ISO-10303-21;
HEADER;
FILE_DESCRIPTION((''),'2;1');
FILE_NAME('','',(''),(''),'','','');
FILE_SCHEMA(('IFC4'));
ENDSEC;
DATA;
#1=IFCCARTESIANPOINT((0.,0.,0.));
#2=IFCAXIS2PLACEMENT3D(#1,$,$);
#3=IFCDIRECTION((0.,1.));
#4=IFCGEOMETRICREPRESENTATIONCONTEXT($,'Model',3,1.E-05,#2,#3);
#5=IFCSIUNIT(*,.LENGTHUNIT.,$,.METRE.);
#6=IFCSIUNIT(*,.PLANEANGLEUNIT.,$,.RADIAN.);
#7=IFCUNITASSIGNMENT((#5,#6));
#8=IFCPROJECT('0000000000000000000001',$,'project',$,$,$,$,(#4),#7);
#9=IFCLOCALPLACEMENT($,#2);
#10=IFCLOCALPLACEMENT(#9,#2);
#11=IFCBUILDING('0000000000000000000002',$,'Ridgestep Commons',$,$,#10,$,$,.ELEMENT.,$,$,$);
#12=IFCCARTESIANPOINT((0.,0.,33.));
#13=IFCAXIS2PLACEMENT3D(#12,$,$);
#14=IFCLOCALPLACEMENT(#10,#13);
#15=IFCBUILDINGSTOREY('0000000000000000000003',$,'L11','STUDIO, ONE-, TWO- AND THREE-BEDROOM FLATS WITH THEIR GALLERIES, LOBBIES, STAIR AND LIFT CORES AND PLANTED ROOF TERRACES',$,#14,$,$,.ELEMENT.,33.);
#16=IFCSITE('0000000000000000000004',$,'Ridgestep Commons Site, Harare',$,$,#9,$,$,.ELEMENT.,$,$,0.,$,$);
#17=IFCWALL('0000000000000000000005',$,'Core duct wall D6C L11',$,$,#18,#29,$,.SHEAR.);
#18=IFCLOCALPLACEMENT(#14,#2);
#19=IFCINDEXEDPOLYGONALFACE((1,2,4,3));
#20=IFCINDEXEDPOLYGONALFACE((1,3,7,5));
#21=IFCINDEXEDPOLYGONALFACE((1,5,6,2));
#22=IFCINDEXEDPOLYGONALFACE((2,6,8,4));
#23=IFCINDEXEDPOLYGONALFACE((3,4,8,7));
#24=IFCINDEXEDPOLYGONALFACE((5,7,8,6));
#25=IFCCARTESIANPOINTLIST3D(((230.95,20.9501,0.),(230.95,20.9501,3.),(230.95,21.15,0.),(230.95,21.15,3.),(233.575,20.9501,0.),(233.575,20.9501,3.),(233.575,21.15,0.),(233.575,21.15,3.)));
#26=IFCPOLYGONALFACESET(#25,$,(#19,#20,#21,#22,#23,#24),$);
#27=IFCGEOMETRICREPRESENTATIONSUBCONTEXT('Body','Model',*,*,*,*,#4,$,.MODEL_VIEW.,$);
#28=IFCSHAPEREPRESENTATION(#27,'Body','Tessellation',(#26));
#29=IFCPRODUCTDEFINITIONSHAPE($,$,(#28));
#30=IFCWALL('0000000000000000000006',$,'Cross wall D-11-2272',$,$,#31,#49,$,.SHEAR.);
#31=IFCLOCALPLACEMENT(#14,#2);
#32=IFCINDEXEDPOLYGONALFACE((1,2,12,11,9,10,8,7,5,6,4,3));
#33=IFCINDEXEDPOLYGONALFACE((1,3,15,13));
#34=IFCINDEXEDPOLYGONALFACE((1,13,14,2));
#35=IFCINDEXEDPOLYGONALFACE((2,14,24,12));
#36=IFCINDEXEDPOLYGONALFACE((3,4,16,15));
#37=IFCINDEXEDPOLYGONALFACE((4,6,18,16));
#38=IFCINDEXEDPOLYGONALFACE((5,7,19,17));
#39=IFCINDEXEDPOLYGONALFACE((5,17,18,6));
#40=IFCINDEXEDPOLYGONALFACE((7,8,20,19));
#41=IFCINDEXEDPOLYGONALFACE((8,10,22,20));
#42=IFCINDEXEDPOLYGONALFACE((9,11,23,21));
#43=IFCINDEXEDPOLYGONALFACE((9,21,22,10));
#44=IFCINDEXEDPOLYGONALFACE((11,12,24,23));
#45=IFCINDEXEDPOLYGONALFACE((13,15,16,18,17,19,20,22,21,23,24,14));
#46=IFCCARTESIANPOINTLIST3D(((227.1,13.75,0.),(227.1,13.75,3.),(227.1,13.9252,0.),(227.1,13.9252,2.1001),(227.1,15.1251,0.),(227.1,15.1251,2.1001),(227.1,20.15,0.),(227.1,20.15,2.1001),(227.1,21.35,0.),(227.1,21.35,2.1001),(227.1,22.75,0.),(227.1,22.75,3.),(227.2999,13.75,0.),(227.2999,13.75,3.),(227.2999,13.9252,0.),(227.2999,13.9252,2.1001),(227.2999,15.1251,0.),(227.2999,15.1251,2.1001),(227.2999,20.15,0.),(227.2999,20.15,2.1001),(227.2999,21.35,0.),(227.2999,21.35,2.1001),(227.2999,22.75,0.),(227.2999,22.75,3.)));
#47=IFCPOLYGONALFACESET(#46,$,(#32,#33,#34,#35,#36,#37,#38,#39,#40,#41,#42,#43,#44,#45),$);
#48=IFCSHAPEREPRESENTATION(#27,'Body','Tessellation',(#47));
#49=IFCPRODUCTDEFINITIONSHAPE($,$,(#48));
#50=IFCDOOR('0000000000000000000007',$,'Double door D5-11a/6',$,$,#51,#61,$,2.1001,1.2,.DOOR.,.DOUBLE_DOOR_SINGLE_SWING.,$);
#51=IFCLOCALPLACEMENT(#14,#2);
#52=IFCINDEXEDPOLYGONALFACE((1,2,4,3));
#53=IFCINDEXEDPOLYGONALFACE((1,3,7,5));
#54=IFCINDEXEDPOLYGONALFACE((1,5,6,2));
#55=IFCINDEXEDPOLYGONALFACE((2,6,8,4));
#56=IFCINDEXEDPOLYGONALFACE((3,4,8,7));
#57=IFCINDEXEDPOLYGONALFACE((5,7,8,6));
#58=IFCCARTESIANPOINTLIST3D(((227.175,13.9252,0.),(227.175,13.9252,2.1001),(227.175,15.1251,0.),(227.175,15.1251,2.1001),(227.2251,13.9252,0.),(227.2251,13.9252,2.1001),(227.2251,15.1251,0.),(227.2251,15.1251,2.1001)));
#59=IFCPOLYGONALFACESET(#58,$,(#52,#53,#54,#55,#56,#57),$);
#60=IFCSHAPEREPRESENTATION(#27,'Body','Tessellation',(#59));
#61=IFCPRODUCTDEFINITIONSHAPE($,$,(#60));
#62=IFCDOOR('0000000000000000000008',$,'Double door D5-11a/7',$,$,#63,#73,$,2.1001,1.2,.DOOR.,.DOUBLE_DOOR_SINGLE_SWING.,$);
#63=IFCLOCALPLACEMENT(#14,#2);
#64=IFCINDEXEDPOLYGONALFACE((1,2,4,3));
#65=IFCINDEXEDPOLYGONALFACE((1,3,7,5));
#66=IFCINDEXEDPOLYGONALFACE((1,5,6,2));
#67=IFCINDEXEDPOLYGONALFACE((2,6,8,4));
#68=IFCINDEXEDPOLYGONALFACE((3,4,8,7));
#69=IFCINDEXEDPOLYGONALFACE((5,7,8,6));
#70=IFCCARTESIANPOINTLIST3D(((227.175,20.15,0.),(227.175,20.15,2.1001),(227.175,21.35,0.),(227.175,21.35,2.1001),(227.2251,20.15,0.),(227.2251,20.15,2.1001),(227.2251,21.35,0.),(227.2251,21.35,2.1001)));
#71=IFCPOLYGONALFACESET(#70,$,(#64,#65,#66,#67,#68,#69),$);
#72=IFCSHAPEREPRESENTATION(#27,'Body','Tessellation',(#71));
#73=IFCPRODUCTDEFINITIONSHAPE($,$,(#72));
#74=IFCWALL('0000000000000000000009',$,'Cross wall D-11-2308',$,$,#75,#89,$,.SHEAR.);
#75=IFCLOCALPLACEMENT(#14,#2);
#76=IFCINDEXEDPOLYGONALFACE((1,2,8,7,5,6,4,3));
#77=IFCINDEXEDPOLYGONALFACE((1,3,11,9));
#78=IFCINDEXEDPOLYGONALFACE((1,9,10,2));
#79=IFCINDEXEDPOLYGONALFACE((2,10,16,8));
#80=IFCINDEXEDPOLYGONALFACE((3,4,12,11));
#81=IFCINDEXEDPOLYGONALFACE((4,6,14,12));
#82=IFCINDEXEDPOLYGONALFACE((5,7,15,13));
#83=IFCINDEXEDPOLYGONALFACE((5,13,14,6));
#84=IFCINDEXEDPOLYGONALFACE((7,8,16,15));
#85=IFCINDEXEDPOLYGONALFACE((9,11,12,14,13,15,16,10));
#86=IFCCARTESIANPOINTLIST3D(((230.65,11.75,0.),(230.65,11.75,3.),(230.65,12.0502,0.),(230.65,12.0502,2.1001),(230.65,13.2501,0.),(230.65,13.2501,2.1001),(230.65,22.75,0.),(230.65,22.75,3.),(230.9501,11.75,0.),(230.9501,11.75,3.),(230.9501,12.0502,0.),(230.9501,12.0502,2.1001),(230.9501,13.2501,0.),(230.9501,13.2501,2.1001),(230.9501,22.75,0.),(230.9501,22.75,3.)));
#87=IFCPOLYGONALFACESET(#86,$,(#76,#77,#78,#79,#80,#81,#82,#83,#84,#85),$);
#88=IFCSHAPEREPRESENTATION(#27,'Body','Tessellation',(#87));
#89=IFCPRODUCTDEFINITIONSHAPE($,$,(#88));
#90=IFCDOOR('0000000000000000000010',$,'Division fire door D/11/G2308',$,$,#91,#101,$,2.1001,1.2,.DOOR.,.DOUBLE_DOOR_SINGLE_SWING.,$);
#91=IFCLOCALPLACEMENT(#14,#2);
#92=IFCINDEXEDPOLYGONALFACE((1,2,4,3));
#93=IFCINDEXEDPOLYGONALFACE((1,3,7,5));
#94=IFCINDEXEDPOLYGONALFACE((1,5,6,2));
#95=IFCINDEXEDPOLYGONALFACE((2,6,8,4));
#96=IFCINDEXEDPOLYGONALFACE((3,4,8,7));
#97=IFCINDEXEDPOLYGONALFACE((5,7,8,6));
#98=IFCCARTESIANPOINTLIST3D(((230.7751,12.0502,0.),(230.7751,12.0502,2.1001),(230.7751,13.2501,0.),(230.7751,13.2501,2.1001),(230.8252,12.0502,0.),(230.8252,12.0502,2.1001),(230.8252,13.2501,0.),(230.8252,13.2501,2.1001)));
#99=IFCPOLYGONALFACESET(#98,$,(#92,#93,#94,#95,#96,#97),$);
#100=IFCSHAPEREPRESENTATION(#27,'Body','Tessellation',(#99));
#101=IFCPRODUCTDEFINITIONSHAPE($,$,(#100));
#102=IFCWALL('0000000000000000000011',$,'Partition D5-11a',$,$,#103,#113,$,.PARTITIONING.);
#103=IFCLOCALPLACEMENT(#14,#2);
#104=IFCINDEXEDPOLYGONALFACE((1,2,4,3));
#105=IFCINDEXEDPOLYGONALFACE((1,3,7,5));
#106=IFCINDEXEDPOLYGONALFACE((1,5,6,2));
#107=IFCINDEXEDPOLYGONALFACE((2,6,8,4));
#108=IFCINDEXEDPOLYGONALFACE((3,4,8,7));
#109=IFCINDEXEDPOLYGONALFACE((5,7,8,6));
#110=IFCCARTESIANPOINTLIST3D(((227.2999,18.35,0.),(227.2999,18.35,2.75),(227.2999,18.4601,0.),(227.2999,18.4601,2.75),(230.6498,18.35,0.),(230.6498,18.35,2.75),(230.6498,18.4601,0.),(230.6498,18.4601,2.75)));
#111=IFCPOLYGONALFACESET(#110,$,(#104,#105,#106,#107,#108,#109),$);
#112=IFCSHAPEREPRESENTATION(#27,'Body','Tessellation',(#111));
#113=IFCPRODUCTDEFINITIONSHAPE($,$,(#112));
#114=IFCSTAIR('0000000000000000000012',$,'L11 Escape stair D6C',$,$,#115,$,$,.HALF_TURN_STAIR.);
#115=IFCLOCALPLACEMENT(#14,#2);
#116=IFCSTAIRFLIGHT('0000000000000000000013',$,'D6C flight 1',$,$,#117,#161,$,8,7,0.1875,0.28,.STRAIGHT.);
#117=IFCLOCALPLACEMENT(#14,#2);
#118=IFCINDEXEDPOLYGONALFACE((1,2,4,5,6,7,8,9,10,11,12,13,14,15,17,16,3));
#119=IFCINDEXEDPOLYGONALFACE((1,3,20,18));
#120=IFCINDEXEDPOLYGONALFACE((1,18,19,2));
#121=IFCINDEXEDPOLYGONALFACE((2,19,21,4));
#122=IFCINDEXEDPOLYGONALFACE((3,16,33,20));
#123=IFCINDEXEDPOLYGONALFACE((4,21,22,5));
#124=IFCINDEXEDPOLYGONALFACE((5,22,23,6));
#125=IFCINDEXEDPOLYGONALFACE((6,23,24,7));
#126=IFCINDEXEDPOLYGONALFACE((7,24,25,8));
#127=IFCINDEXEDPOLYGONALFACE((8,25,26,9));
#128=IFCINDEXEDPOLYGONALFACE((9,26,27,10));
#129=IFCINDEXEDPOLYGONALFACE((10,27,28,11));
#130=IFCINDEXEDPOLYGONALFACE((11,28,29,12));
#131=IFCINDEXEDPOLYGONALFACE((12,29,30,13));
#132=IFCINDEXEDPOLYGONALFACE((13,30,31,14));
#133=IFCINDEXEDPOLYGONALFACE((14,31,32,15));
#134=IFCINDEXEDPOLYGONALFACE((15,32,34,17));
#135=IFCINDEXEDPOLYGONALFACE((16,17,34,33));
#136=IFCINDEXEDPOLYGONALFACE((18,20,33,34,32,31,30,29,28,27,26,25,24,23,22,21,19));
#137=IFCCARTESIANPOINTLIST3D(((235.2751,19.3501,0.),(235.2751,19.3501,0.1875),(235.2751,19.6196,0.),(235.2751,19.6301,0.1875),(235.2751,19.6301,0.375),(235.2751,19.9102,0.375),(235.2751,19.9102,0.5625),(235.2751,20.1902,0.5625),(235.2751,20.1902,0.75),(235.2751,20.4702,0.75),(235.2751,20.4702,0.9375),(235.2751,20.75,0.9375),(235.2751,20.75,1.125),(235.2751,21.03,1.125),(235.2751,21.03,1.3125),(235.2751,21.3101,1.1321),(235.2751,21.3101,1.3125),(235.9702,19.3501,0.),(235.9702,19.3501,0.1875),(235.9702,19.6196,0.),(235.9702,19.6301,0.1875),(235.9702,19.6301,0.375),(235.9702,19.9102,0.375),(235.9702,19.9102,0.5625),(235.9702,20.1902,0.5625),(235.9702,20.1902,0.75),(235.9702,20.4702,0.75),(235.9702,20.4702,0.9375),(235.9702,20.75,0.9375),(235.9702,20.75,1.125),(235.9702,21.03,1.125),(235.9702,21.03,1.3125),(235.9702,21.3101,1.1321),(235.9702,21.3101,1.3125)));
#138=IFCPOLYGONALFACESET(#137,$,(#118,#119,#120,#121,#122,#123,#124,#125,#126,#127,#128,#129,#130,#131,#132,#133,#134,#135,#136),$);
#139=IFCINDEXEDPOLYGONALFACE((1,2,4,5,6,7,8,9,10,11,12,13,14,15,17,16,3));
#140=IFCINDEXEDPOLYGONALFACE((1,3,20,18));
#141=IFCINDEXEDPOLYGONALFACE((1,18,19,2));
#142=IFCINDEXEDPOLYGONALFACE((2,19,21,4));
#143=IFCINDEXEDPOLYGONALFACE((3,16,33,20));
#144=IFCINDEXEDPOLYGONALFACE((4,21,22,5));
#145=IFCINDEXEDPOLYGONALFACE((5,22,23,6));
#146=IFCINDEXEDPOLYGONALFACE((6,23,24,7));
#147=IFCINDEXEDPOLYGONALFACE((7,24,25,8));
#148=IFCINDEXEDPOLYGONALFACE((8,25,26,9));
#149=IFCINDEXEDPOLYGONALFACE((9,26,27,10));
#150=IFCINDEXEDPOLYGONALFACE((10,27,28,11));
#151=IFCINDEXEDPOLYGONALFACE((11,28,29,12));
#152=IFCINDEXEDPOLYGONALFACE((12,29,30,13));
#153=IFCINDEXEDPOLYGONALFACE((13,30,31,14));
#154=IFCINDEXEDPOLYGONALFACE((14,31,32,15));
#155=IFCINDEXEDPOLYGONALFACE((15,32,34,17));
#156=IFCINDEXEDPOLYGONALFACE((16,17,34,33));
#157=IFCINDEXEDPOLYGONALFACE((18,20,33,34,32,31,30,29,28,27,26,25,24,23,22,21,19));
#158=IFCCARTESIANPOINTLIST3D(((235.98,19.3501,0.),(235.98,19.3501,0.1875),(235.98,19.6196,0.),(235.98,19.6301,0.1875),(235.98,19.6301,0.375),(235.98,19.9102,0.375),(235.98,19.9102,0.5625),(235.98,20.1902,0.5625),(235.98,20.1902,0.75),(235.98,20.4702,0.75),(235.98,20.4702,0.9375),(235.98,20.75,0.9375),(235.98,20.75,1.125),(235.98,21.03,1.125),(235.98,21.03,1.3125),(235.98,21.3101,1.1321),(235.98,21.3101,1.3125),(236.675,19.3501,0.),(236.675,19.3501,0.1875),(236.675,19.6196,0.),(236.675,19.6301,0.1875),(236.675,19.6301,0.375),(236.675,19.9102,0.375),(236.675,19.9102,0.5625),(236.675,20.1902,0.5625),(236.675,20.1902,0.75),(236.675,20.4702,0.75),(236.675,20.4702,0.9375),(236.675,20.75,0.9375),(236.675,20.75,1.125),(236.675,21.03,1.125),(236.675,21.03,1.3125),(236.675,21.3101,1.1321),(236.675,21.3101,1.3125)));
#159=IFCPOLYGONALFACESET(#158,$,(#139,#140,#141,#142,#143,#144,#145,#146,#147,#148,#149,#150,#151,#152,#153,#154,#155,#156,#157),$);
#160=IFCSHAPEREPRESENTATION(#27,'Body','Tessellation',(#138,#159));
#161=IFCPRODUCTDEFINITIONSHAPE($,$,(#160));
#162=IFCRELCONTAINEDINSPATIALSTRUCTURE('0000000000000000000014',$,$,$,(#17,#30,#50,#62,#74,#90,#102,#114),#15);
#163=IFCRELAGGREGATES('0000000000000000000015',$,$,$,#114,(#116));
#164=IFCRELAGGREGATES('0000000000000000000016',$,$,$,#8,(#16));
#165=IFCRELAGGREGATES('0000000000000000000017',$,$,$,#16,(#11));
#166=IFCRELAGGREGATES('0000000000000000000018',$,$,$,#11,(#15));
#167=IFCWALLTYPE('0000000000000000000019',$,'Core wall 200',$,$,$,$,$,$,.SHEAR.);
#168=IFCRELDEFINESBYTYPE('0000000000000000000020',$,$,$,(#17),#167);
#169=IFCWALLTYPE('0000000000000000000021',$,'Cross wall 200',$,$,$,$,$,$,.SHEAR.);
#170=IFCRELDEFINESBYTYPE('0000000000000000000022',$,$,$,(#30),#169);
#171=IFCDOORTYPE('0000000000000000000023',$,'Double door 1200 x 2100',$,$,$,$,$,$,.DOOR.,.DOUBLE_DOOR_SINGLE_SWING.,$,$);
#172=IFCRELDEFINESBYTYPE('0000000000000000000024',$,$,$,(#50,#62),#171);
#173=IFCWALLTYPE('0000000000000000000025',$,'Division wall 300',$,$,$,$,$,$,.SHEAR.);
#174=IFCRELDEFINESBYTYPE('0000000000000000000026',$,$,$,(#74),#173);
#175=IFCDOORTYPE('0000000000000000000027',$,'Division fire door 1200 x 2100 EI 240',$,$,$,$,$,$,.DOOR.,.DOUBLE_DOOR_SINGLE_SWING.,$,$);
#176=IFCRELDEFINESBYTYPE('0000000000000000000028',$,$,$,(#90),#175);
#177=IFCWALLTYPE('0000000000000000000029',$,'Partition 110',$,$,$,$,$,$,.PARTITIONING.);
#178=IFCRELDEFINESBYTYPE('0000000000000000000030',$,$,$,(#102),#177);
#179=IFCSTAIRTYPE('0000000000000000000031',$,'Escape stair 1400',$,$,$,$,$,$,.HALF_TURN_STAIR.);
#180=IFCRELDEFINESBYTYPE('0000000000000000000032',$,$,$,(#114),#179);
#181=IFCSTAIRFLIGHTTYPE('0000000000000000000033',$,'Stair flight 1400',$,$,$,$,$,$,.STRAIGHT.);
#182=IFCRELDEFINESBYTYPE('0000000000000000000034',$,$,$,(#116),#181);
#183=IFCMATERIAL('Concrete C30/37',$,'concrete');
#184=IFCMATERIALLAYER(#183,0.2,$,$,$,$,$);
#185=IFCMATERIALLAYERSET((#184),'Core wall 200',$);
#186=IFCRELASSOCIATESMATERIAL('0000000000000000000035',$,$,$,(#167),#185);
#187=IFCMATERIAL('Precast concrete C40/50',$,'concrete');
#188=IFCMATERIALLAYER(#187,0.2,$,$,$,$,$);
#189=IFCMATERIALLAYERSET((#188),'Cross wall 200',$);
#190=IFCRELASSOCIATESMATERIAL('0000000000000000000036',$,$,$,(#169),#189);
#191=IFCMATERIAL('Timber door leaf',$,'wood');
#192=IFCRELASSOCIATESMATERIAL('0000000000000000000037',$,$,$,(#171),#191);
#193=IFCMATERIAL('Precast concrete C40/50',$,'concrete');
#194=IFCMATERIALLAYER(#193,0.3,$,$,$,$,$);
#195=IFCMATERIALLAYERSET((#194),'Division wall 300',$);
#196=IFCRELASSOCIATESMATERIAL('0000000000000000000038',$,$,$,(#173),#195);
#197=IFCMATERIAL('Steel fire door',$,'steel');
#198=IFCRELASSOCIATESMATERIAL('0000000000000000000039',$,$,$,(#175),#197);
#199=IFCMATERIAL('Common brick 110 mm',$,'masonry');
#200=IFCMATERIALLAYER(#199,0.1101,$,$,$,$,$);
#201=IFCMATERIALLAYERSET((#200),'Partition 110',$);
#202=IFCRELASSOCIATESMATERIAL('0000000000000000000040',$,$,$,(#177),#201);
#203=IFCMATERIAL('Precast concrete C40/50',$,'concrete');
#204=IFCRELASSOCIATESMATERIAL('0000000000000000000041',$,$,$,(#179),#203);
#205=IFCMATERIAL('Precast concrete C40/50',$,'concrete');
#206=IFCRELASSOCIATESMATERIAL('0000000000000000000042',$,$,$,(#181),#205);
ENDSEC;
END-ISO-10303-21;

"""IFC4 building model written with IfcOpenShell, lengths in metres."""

from ifc_helpers import new_model, si_unit, direction, frame, frame_2d, origin, place, context, subcontext, project, spatial, polyline, rectangle, outline, extrude, material, layer, layer_set, type_object, element, fill, aggregate, save


model = new_model("IFC4")

# Units and contexts
model_context = context("Model", 3, precision=1e-05, world=origin(), true_north=direction((0.0, 1.0)))
body_context = subcontext(model_context, "Body", "Model", "MODEL_VIEW")
ifc_project = project(units=[si_unit("LENGTHUNIT", "METRE"), si_unit("PLANEANGLEUNIT", "RADIAN")], contexts=[model_context])

# Site, building, storey
site_placement = place(None, origin())
site = spatial("IfcSite", under=ifc_project, at=site_placement, Name="Ridgestep Commons Site, Harare", CompositionType="ELEMENT", RefElevation=0.0)
building_placement = place(site_placement, origin())
building = spatial("IfcBuilding", under=site, at=building_placement, Name="Ridgestep Commons", CompositionType="ELEMENT")
storey_placement = place(building_placement, frame((0.0, 0.0, 33.0)))
storey = spatial("IfcBuildingStorey", under=building, at=storey_placement, Name="L11", Description="STUDIO, ONE-, TWO- AND THREE-BEDROOM FLATS WITH THEIR GALLERIES, LOBBIES, STAIR AND LIFT CORES AND PLANTED ROOF TERRACES", CompositionType="ELEMENT", Elevation=33.0)

# Shared definitions
ifc_material_1 = material(Name="Concrete C30/37", Category="concrete")
ifc_layer_1 = layer(ifc_material_1, 0.2)
ifc_layer_set_1 = layer_set([ifc_layer_1], Name="Core wall 200")
wall_type_1 = type_object("IfcWallType", Name="Core wall 200", PredefinedType="SHEAR", material=ifc_layer_set_1)

# Wall
wall_1_placement = place(storey_placement, frame((230.95, 21.05, 0.0), z_axis=(0.0, 0.0, 1.0), x_axis=(1.0, 0.0, 0.0)))
element("IfcWall", 1, at=wall_1_placement, inside=storey, type_object=wall_type_1, Name="Core duct wall D6C L11", PredefinedType="SHEAR", context=body_context, shape_type="SweptSolid", body=[
    extrude(rectangle(XDim=2.625, YDim=0.2, at=frame_2d((1.3125, 0.0))), origin(), (0.0, 0.0, 1.0), 3.0),
])

# Wall, openings, doors
ifc_material_2 = material(Name="Precast concrete C40/50", Category="concrete")
ifc_layer_2 = layer(ifc_material_2, 0.2)
ifc_layer_set_2 = layer_set([ifc_layer_2], Name="Cross wall 200")
wall_type_2 = type_object("IfcWallType", Name="Cross wall 200", PredefinedType="SHEAR", material=ifc_layer_set_2)
wall_2_placement = place(storey_placement, frame((227.2, 13.75, 0.0), z_axis=(0.0, 0.0, 1.0), x_axis=(0.0, 1.0, 0.0)))
wall_2 = element("IfcWall", 2, at=wall_2_placement, inside=storey, type_object=wall_type_2, Name="Cross wall D-11-2272", PredefinedType="SHEAR", context=body_context, shape_type="SweptSolid", body=[
    extrude(rectangle(XDim=9.0, YDim=0.2, at=frame_2d((4.5, 0.0))), origin(), (0.0, 0.0, 1.0), 3.0),
])
opening_1_placement = place(wall_2_placement, frame((0.175, 0.0, 0.0)))
opening_1 = element("IfcOpeningElement", 3, at=opening_1_placement, cuts=wall_2, PredefinedType="OPENING", context=body_context, shape_type="SweptSolid", body=[
    extrude(rectangle(XDim=1.2, YDim=2.1001, at=frame_2d((0.6001, 1.05))), frame((0.0, 0.1099, 0.0), z_axis=(0.0, -1.0, 0.0), x_axis=(1.0, 0.0, 0.0)), (0.0, 0.0, 1.0), 0.22),
])
opening_2_placement = place(wall_2_placement, frame((6.3999, 0.0, 0.0)))
opening_2 = element("IfcOpeningElement", 4, at=opening_2_placement, cuts=wall_2, PredefinedType="OPENING", context=body_context, shape_type="SweptSolid", body=[
    extrude(rectangle(XDim=1.2, YDim=2.1001, at=frame_2d((0.6001, 1.05))), frame((0.0, 0.1099, 0.0), z_axis=(0.0, -1.0, 0.0), x_axis=(1.0, 0.0, 0.0)), (0.0, 0.0, 1.0), 0.22),
])
ifc_material_3 = material(Name="Timber door leaf", Category="wood")
door_type_1 = type_object("IfcDoorType", Name="Double door 1200 x 2100", OperationType="DOUBLE_DOOR_SINGLE_SWING", PredefinedType="DOOR", material=ifc_material_3)
door_1_placement = place(opening_1_placement, origin())
door_1 = element("IfcDoor", 5, at=door_1_placement, inside=storey, type_object=door_type_1, Name="Double door D5-11a/6", OperationType="DOUBLE_DOOR_SINGLE_SWING", OverallHeight=2.1001, OverallWidth=1.2, PredefinedType="DOOR", context=body_context, shape_type="SweptSolid", body=[
    extrude(rectangle(XDim=1.2, YDim=2.1001, at=frame_2d((0.6001, 1.05))), frame((0.0, 0.0249, 0.0), z_axis=(0.0, -1.0, 0.0), x_axis=(1.0, 0.0, 0.0)), (0.0, 0.0, 1.0), 0.05),
])
fill(opening_1, door_1)
door_2_placement = place(opening_2_placement, origin())
door_2 = element("IfcDoor", 6, at=door_2_placement, inside=storey, type_object=door_type_1, Name="Double door D5-11a/7", OperationType="DOUBLE_DOOR_SINGLE_SWING", OverallHeight=2.1001, OverallWidth=1.2, PredefinedType="DOOR", context=body_context, shape_type="SweptSolid", body=[
    extrude(rectangle(XDim=1.2, YDim=2.1001, at=frame_2d((0.6001, 1.05))), frame((0.0, 0.0249, 0.0), z_axis=(0.0, -1.0, 0.0), x_axis=(1.0, 0.0, 0.0)), (0.0, 0.0, 1.0), 0.05),
])
fill(opening_2, door_2)

# Wall, opening, door
ifc_material_4 = material(Name="Precast concrete C40/50", Category="concrete")
ifc_layer_3 = layer(ifc_material_4, 0.3)
ifc_layer_set_3 = layer_set([ifc_layer_3], Name="Division wall 300")
wall_type_3 = type_object("IfcWallType", Name="Division wall 300", PredefinedType="SHEAR", material=ifc_layer_set_3)
wall_3_placement = place(storey_placement, frame((230.8, 11.75, 0.0), z_axis=(0.0, 0.0, 1.0), x_axis=(0.0, 1.0, 0.0)))
wall_3 = element("IfcWall", 7, at=wall_3_placement, inside=storey, type_object=wall_type_3, Name="Cross wall D-11-2308", PredefinedType="SHEAR", context=body_context, shape_type="SweptSolid", body=[
    extrude(rectangle(XDim=11.0, YDim=0.3, at=frame_2d((5.5, 0.0))), origin(), (0.0, 0.0, 1.0), 3.0),
])
opening_3_placement = place(wall_3_placement, frame((0.3, 0.0, 0.0)))
opening_3 = element("IfcOpeningElement", 8, at=opening_3_placement, cuts=wall_3, PredefinedType="OPENING", context=body_context, shape_type="SweptSolid", body=[
    extrude(rectangle(XDim=1.2, YDim=2.1001, at=frame_2d((0.6001, 1.05))), frame((0.0, 0.1599, 0.0), z_axis=(0.0, -1.0, 0.0), x_axis=(1.0, 0.0, 0.0)), (0.0, 0.0, 1.0), 0.3201),
])
ifc_material_5 = material(Name="Steel fire door", Category="steel")
door_type_2 = type_object("IfcDoorType", Name="Division fire door 1200 x 2100 EI 240", OperationType="DOUBLE_DOOR_SINGLE_SWING", PredefinedType="DOOR", material=ifc_material_5)
door_3_placement = place(opening_3_placement, origin())
door_3 = element("IfcDoor", 9, at=door_3_placement, inside=storey, type_object=door_type_2, Name="Division fire door D/11/G2308", OperationType="DOUBLE_DOOR_SINGLE_SWING", OverallHeight=2.1001, OverallWidth=1.2, PredefinedType="DOOR", context=body_context, shape_type="SweptSolid", body=[
    extrude(rectangle(XDim=1.2, YDim=2.1001, at=frame_2d((0.6001, 1.05))), frame((0.0, 0.0249, 0.0), z_axis=(0.0, -1.0, 0.0), x_axis=(1.0, 0.0, 0.0)), (0.0, 0.0, 1.0), 0.05),
])
fill(opening_3, door_3)

# Wall
ifc_material_6 = material(Name="Common brick 110 mm", Category="masonry")
ifc_layer_4 = layer(ifc_material_6, 0.1101)
ifc_layer_set_4 = layer_set([ifc_layer_4], Name="Partition 110")
wall_type_4 = type_object("IfcWallType", Name="Partition 110", PredefinedType="PARTITIONING", material=ifc_layer_set_4)
wall_4_placement = place(storey_placement, frame((227.3, 18.405, 0.0), z_axis=(0.0, 0.0, 1.0), x_axis=(1.0, 0.0, 0.0)))
element("IfcWall", 10, at=wall_4_placement, inside=storey, type_object=wall_type_4, Name="Partition D5-11a", PredefinedType="PARTITIONING", context=body_context, shape_type="SweptSolid", body=[
    extrude(rectangle(XDim=3.3499, YDim=0.1101, at=frame_2d((1.6748, 0.0))), origin(), (0.0, 0.0, 1.0), 2.75),
])

# Stair, stair flight
ifc_material_7 = material(Name="Precast concrete C40/50", Category="concrete")
stair_type = type_object("IfcStairType", Name="Escape stair 1400", PredefinedType="HALF_TURN_STAIR", material=ifc_material_7)
stair_placement = place(storey_placement, origin())
stair = element("IfcStair", 11, at=stair_placement, inside=storey, type_object=stair_type, Name="L11 Escape stair D6C", PredefinedType="HALF_TURN_STAIR")
ifc_material_8 = material(Name="Precast concrete C40/50", Category="concrete")
stair_flight_type = type_object("IfcStairFlightType", Name="Stair flight 1400", PredefinedType="STRAIGHT", material=ifc_material_8)
stair_flight_placement = place(storey_placement, frame((235.9751, 19.3501, 0.0), z_axis=(0.0, 0.0, 1.0), x_axis=(0.0, 1.0, 0.0)))
stair_flight = element("IfcStairFlight", 12, at=stair_flight_placement, type_object=stair_flight_type, Name="D6C flight 1", NumberOfRisers=8, NumberOfTreads=7, PredefinedType="STRAIGHT", RiserHeight=0.1875, TreadLength=0.28, context=body_context, shape_type="SweptSolid", body=[
    extrude(outline(polyline([(0.0, 0.0), (0.0, 0.1875), (0.28, 0.1875), (0.28, 0.375), (0.5601, 0.375), (0.5601, 0.5625), (0.8401, 0.5625), (0.8401, 0.75), (1.1201, 0.75), (1.1201, 0.9375), (1.3999, 0.9375), (1.3999, 1.125), (1.6799, 1.125), (1.6799, 1.3125), (1.96, 1.3125), (1.96, 1.5), (1.96, 1.1321), (0.2695, 0.0), (0.0, 0.0)])), frame((0.0, 0.7, 0.0), z_axis=(0.0, -1.0, 0.0), x_axis=(1.0, 0.0, 0.0)), (0.0, 0.0, 1.0), 0.6951),
    extrude(outline(polyline([(0.0, 0.0), (0.0, 0.1875), (0.28, 0.1875), (0.28, 0.375), (0.5601, 0.375), (0.5601, 0.5625), (0.8401, 0.5625), (0.8401, 0.75), (1.1201, 0.75), (1.1201, 0.9375), (1.3999, 0.9375), (1.3999, 1.125), (1.6799, 1.125), (1.6799, 1.3125), (1.96, 1.3125), (1.96, 1.5), (1.96, 1.1321), (0.2695, 0.0), (0.0, 0.0)])), frame((0.0, -0.0049, 0.0), z_axis=(0.0, -1.0, 0.0), x_axis=(1.0, 0.0, 0.0)), (0.0, 0.0, 1.0), 0.6951),
])
aggregate(stair, [stair_flight])

save(model, "model.ifc")
